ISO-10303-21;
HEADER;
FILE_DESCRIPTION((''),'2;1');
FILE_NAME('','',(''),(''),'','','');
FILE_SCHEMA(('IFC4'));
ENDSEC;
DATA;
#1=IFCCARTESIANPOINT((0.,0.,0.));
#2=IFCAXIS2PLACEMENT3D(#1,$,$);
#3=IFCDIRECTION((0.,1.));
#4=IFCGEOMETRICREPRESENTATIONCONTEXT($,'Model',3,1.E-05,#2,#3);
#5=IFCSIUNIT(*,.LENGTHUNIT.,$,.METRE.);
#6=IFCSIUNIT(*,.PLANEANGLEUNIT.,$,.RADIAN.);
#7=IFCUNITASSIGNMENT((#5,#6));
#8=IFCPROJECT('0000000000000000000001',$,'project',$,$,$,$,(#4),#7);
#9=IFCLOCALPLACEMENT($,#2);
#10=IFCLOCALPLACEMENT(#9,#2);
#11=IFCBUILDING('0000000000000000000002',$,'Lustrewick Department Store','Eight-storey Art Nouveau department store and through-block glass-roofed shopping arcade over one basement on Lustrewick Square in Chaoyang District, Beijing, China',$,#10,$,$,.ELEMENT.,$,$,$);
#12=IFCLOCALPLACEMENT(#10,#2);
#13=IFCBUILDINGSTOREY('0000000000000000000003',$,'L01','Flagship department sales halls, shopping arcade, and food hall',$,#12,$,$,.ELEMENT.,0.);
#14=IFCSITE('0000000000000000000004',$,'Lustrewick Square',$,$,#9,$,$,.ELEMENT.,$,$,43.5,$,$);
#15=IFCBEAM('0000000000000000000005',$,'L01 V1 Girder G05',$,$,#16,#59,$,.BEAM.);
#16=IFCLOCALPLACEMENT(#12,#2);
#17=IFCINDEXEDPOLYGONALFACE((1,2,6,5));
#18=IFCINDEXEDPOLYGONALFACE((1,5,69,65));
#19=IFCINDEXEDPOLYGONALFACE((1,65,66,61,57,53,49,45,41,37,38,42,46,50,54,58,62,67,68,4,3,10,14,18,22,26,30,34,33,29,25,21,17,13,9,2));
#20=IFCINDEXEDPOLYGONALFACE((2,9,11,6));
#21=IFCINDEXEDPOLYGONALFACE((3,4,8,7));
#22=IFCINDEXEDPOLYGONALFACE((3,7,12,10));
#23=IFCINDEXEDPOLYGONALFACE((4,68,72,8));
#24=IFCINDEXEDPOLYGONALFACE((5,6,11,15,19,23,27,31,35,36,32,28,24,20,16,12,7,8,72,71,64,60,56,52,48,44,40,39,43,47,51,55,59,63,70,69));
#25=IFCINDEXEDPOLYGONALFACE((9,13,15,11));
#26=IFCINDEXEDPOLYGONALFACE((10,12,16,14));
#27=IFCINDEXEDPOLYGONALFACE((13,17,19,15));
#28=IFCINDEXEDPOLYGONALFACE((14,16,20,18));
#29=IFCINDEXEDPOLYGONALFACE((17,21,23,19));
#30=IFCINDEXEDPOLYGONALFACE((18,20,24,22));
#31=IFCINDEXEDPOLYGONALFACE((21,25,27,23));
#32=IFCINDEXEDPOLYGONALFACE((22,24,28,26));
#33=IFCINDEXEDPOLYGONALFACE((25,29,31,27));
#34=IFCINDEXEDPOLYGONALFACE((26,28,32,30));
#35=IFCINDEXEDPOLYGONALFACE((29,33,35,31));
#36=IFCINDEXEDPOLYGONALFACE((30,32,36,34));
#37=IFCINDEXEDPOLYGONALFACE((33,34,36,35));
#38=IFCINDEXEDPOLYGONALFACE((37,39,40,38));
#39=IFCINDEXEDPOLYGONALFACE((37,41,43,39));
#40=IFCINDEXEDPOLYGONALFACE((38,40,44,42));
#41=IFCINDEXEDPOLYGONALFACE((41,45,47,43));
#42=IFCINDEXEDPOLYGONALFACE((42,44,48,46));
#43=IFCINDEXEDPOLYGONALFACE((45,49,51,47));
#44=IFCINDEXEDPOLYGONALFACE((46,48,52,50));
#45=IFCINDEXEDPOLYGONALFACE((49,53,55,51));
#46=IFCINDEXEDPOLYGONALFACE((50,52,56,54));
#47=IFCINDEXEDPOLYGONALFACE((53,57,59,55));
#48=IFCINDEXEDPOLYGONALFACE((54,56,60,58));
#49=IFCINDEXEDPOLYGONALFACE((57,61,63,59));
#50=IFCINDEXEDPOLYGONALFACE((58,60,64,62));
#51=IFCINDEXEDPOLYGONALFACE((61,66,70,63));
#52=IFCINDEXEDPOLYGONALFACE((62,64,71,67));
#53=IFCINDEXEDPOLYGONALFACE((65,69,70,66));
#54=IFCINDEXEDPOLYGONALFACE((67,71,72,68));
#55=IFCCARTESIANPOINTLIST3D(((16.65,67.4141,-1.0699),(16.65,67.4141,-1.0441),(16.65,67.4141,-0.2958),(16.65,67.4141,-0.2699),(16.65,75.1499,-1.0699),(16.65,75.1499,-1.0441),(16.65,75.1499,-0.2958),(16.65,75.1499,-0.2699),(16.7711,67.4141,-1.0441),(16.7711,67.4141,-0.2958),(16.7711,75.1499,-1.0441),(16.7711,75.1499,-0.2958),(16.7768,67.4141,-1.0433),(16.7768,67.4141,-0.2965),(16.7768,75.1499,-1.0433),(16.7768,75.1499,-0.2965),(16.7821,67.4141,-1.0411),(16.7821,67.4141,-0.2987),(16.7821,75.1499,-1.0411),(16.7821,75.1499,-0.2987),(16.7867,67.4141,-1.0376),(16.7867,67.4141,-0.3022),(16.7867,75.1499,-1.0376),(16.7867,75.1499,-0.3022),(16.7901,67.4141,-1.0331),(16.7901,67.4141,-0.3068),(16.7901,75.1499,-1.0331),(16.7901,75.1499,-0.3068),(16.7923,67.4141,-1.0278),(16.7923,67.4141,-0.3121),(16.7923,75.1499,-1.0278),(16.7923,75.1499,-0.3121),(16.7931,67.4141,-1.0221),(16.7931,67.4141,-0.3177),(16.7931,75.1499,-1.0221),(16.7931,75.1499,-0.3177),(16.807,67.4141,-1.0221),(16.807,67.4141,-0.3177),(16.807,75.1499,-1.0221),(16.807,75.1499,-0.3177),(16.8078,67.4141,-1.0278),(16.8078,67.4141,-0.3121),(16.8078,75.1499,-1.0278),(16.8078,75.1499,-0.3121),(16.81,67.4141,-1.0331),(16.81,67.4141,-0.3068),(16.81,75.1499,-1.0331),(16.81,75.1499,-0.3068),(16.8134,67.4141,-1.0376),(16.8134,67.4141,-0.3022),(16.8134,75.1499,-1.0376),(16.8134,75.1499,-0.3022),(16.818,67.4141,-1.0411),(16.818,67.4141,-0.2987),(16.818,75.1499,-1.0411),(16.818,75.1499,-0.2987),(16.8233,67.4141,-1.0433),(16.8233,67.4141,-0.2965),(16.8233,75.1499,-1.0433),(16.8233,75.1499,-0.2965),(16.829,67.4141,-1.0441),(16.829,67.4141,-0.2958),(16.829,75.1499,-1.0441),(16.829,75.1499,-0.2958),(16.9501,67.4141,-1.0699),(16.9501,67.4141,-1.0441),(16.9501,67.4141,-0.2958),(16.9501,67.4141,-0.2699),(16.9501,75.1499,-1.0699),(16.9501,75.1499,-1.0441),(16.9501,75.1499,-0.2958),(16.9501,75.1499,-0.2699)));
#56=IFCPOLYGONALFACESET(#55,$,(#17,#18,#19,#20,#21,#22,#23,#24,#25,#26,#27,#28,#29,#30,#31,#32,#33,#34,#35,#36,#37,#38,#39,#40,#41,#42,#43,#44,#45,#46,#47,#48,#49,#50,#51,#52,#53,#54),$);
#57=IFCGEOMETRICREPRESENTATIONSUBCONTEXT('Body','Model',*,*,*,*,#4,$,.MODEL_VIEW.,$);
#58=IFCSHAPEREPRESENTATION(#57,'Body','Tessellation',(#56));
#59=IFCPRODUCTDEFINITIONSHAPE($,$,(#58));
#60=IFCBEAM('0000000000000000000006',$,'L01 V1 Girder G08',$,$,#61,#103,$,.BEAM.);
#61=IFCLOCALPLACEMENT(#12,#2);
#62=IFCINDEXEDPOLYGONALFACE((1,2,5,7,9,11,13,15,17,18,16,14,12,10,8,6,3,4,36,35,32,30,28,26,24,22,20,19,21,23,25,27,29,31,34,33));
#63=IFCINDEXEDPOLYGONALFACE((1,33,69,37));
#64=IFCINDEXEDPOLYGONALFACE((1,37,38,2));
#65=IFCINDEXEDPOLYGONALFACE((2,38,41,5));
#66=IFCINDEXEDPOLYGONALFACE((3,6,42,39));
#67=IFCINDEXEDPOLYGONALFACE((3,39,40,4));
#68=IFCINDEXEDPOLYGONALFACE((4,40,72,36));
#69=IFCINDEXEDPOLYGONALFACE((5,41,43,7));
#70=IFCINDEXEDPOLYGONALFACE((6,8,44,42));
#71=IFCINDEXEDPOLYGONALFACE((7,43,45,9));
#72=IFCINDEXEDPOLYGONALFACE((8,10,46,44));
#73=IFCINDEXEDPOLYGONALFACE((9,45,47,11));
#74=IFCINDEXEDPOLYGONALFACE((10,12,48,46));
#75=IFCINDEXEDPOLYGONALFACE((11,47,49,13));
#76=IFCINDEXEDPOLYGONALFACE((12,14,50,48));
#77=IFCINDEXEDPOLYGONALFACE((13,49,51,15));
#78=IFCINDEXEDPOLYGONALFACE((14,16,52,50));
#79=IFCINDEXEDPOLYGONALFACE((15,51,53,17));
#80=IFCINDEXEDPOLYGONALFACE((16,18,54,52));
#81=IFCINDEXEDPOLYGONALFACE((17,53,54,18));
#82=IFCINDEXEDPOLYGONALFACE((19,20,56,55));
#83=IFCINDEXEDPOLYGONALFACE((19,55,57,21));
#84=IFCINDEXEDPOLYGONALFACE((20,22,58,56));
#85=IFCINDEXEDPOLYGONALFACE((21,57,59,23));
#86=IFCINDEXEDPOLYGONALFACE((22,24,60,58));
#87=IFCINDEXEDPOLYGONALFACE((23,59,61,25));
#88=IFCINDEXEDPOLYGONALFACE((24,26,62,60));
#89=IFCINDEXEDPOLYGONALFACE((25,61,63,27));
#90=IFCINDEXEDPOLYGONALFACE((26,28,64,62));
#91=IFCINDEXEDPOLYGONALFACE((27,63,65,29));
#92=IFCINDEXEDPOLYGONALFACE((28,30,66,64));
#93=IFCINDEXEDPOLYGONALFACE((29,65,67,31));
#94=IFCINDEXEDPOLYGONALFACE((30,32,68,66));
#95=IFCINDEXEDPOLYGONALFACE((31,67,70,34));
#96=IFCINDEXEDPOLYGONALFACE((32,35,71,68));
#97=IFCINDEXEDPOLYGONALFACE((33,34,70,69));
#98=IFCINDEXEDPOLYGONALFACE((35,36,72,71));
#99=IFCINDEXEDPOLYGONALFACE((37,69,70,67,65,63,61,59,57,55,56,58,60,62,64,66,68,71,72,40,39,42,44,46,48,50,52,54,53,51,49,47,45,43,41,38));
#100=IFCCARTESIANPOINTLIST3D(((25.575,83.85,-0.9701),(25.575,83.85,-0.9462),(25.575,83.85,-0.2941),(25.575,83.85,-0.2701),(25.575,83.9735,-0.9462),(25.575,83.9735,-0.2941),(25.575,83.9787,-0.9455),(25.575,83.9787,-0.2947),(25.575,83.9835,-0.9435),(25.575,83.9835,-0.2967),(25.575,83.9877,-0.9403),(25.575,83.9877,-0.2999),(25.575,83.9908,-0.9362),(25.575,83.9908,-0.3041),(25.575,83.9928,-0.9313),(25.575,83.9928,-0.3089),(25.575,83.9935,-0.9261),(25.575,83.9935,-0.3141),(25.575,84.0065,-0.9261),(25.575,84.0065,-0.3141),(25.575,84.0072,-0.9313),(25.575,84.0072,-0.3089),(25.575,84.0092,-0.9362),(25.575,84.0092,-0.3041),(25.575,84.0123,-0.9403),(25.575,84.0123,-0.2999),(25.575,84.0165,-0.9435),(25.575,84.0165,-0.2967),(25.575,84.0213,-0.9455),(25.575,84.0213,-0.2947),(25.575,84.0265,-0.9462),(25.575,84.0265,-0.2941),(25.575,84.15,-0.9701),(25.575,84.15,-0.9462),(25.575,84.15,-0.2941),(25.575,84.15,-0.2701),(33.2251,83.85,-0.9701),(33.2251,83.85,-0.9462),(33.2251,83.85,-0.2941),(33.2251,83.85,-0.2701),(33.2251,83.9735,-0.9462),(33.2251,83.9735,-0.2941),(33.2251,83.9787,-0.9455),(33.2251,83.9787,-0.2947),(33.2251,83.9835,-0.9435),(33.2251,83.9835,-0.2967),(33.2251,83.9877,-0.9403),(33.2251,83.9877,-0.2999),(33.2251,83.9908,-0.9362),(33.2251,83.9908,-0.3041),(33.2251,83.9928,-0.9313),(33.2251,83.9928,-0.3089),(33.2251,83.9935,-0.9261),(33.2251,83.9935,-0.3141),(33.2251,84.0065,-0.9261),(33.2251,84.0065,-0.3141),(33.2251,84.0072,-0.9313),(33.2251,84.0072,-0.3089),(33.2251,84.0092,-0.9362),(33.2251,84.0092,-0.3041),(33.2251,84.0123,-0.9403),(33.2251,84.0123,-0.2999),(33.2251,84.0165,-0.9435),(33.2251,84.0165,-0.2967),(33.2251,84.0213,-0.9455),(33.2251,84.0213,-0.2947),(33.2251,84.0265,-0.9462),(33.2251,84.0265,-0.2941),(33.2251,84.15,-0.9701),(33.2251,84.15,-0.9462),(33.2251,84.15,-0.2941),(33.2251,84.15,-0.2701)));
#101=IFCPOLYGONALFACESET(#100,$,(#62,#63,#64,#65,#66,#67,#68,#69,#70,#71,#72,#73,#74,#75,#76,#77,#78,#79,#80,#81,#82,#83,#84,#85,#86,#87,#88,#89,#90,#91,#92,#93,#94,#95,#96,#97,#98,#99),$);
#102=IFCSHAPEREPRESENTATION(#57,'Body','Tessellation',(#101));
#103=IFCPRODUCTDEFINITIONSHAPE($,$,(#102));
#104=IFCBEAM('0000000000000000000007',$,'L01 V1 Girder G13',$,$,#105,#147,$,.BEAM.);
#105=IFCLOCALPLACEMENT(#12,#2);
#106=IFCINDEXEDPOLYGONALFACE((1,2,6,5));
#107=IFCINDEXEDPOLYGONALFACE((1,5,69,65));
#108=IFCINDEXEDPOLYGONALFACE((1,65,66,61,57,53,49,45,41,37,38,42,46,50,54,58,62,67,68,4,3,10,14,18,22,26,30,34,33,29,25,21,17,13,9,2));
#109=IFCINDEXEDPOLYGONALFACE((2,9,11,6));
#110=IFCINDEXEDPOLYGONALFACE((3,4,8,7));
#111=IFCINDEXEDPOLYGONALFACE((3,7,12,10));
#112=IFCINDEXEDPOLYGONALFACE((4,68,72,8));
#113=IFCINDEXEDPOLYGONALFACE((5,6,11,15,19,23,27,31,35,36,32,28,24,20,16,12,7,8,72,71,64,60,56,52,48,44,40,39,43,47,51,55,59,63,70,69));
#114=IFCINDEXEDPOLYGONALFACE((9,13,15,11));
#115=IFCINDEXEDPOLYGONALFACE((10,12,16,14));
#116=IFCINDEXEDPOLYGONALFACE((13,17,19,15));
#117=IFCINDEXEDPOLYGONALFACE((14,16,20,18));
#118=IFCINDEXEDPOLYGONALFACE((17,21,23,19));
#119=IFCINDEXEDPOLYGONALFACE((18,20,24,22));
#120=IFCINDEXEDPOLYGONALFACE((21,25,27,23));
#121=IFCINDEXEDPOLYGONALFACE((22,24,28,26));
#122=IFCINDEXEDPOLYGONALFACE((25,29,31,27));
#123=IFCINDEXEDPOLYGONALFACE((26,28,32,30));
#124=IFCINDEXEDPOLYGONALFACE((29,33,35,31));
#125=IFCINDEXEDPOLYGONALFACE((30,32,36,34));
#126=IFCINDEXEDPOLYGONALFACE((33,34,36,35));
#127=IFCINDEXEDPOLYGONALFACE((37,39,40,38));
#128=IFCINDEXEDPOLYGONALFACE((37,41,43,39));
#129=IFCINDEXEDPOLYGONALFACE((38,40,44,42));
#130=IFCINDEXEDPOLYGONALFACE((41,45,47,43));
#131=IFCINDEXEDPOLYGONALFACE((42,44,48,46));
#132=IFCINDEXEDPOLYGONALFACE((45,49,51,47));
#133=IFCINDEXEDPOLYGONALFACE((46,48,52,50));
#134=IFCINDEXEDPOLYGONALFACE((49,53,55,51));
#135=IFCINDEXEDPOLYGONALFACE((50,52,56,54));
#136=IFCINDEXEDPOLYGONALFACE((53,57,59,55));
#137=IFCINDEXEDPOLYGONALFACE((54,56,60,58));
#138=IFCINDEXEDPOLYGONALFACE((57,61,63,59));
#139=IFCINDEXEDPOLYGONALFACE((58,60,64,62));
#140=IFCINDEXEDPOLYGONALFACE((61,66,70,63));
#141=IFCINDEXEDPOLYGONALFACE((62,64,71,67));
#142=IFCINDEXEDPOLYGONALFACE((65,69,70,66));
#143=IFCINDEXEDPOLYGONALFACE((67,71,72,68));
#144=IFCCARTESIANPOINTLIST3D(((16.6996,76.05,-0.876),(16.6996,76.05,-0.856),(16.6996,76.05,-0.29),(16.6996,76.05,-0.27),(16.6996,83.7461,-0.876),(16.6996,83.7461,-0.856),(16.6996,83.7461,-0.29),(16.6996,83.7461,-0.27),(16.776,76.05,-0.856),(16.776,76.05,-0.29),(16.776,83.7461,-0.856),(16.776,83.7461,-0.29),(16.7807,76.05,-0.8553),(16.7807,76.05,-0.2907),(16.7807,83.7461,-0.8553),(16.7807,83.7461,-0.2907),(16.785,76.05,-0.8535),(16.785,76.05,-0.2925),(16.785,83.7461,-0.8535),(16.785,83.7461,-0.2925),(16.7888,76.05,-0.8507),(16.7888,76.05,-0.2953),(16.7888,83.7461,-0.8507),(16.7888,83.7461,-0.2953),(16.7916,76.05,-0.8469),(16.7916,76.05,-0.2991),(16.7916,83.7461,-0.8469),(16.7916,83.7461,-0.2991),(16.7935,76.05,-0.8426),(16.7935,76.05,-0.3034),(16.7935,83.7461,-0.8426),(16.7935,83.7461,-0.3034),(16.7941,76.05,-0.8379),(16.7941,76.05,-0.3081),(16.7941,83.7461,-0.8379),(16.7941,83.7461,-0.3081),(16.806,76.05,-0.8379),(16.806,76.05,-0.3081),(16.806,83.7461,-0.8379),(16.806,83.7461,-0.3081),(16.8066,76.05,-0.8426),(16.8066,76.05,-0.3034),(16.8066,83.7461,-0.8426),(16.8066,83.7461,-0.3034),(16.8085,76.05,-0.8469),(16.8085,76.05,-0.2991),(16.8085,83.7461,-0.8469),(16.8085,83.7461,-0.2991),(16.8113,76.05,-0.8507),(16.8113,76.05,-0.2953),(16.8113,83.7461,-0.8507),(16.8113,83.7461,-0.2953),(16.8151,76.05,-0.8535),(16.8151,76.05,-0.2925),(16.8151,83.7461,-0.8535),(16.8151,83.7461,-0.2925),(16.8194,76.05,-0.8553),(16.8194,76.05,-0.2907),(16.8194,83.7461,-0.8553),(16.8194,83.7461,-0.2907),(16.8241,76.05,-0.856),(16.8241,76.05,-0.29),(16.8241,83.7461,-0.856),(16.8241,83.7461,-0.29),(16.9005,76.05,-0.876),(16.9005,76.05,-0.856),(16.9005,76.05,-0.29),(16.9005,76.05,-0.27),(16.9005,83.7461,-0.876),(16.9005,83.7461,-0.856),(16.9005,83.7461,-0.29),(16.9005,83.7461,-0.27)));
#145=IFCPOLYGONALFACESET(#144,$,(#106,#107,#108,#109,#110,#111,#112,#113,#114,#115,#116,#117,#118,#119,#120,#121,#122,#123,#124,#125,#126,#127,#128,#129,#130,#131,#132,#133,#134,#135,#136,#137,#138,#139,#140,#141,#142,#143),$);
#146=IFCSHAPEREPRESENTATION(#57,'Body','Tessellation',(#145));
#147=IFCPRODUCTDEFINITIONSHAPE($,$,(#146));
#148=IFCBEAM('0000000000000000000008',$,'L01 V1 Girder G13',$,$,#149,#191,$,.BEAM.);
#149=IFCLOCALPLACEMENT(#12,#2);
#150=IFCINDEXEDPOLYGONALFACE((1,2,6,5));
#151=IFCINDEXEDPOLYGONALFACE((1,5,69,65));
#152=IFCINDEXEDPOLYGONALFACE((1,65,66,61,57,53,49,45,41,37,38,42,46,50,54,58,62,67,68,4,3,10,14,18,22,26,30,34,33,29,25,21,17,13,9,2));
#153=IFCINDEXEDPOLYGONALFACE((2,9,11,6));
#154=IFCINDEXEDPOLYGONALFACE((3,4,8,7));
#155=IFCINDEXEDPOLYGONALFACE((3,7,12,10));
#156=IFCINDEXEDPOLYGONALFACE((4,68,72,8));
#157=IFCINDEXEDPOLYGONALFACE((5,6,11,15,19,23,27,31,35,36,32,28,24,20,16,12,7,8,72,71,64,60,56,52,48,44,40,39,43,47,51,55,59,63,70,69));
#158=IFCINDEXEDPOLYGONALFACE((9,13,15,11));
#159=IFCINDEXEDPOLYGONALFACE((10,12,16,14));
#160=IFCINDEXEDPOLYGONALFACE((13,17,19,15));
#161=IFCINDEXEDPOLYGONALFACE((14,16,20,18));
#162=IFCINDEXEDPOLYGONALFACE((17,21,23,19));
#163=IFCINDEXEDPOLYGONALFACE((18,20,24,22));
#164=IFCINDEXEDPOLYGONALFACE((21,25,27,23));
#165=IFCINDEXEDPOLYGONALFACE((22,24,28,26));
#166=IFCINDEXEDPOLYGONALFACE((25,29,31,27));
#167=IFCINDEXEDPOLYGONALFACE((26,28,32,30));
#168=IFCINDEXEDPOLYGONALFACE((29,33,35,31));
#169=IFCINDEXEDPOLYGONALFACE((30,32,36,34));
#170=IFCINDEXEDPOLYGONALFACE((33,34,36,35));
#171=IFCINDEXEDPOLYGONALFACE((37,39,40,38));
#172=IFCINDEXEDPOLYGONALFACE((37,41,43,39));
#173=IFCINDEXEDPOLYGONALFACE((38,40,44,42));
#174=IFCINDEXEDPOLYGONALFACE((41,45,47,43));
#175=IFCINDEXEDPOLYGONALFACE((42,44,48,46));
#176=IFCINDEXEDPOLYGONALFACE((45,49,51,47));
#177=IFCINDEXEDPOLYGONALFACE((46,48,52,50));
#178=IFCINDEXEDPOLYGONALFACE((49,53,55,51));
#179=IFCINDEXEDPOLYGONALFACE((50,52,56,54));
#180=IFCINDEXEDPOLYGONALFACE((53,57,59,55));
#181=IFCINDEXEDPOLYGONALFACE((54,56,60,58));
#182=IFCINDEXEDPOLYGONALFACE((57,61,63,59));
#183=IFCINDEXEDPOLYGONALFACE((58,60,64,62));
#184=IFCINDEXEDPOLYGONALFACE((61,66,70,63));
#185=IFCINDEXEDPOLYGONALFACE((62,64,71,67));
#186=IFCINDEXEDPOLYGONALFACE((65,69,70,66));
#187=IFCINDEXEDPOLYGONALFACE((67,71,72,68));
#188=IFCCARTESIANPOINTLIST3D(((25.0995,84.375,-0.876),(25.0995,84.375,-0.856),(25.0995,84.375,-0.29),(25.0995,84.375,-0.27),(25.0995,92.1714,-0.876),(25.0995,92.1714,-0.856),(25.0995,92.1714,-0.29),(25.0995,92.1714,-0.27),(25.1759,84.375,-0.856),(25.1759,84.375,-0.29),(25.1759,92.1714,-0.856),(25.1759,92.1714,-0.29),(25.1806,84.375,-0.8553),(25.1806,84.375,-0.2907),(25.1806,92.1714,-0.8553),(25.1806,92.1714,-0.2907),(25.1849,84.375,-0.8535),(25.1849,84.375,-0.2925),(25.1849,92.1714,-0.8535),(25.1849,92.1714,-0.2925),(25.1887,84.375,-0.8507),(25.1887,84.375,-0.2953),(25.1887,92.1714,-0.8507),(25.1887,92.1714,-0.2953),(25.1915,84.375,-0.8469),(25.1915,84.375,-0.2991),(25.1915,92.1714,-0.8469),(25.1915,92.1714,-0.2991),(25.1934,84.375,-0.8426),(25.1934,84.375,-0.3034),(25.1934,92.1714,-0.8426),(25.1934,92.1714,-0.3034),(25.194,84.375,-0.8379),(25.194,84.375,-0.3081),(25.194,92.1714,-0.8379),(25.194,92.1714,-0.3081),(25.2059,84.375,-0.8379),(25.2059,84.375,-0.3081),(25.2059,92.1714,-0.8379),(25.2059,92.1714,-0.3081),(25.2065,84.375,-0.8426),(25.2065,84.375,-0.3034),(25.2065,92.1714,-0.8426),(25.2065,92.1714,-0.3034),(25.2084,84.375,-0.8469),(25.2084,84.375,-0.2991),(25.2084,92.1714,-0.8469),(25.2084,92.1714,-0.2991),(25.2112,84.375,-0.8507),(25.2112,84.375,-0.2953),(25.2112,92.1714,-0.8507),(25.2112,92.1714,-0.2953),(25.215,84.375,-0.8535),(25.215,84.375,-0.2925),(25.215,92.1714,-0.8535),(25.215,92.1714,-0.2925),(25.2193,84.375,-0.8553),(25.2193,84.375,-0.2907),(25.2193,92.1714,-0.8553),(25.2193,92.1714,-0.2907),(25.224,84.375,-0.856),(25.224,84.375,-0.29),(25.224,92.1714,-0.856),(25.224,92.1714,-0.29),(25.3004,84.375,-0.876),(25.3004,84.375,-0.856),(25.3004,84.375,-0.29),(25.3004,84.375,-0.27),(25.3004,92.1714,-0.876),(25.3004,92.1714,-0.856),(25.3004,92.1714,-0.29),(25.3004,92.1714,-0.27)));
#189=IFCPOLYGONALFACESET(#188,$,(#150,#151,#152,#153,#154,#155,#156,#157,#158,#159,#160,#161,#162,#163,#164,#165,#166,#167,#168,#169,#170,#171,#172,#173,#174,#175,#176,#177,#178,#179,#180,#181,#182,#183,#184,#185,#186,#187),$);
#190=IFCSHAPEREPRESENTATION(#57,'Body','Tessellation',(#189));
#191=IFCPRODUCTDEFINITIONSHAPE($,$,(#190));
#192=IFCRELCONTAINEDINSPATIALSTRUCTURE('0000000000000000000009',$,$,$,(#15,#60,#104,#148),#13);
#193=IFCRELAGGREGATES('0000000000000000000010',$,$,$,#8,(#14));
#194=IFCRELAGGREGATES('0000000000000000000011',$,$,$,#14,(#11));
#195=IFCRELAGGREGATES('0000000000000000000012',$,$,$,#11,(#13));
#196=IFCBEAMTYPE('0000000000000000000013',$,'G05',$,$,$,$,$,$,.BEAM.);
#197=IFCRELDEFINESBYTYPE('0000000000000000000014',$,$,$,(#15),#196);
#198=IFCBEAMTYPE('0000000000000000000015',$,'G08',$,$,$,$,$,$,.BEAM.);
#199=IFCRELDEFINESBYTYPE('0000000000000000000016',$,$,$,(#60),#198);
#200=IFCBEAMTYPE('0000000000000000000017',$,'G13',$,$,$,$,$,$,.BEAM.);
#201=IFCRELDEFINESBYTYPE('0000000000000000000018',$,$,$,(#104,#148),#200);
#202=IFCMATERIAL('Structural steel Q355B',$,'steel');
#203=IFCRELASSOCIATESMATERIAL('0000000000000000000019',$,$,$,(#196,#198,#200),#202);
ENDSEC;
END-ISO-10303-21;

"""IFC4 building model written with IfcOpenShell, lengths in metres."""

from ifc_helpers import new_model, si_unit, direction, frame, origin, origin_2d, place, context, subcontext, project, spatial, i_section, extrude, material, material_profile, profile_set, type_object, element, save


model = new_model("IFC4")

# Units and contexts
model_context = context("Model", 3, precision=1e-05, world=origin(), true_north=direction((0.0, 1.0)))
body_context = subcontext(model_context, "Body", "Model", "MODEL_VIEW")
ifc_project = project(units=[si_unit("LENGTHUNIT", "METRE"), si_unit("PLANEANGLEUNIT", "RADIAN")], contexts=[model_context])

# Site, building, storey
site_placement = place(None, origin())
site = spatial("IfcSite", under=ifc_project, at=site_placement, Name="Lustrewick Square", CompositionType="ELEMENT", RefElevation=43.5)
building_placement = place(site_placement, origin())
building = spatial("IfcBuilding", under=site, at=building_placement, Name="Lustrewick Department Store", Description="Eight-storey Art Nouveau department store and through-block glass-roofed shopping arcade over one basement on Lustrewick Square in Chaoyang District, Beijing, China", CompositionType="ELEMENT")
storey_placement = place(building_placement, origin())
storey = spatial("IfcBuildingStorey", under=building, at=storey_placement, Name="L01", Description="Flagship department sales halls, shopping arcade, and food hall", CompositionType="ELEMENT", Elevation=0.0)

# Shared definitions
ifc_material_1 = material(Name="Structural steel Q355B", Category="steel")

# Beams
ifc_material_profile_1 = material_profile(ifc_material_1, i_section(OverallWidth=0.3, OverallDepth=0.8, WebThickness=0.0139, FlangeThickness=0.0259, FilletRadius=0.022, at=origin_2d()), Name="HN 800x300x14x26")
ifc_profile_set_1 = profile_set([ifc_material_profile_1], Name="Structural steel Q355B")
beam_type_1 = type_object("IfcBeamType", Name="G05", PredefinedType="BEAM", material=ifc_profile_set_1)
beam_1_placement = place(storey_placement, frame((16.8, 67.4141, -0.6699), z_axis=(0.0, 1.0, 0.0), x_axis=(-1.0, 0.0, 0.0)))
element("IfcBeam", 1, at=beam_1_placement, inside=storey, type_object=beam_type_1, Name="L01 V1 Girder G05", PredefinedType="BEAM", context=body_context, shape_type="SweptSolid", body=[
    extrude(i_section(OverallWidth=0.3, OverallDepth=0.8, WebThickness=0.0139, FlangeThickness=0.0259, FilletRadius=0.022, at=origin_2d()), origin(), (0.0, 0.0, 1.0), 7.7358),
])
ifc_material_profile_2 = material_profile(ifc_material_1, i_section(OverallWidth=0.3, OverallDepth=0.7, WebThickness=0.0129, FlangeThickness=0.0239, FilletRadius=0.02, at=origin_2d()), Name="HN 700x300x13x24")
ifc_profile_set_2 = profile_set([ifc_material_profile_2], Name="Structural steel Q355B")
beam_type_2 = type_object("IfcBeamType", Name="G08", PredefinedType="BEAM", material=ifc_profile_set_2)
beam_2_placement = place(storey_placement, frame((25.575, 84.0, -0.6201), z_axis=(1.0, 0.0, 0.0), x_axis=(0.0, 1.0, 0.0)))
element("IfcBeam", 2, at=beam_2_placement, inside=storey, type_object=beam_type_2, Name="L01 V1 Girder G08", PredefinedType="BEAM", context=body_context, shape_type="SweptSolid", body=[
    extrude(i_section(OverallWidth=0.3, OverallDepth=0.7, WebThickness=0.0129, FlangeThickness=0.0239, FilletRadius=0.02, at=origin_2d()), origin(), (0.0, 0.0, 1.0), 7.6501),
])
ifc_material_profile_3 = material_profile(ifc_material_1, i_section(OverallWidth=0.2009, OverallDepth=0.606, WebThickness=0.012, FlangeThickness=0.02, FilletRadius=0.0181, at=origin_2d()), Name="HN 606x201x12x20")
ifc_profile_set_3 = profile_set([ifc_material_profile_3], Name="Structural steel Q355B")
beam_type_3 = type_object("IfcBeamType", Name="G13", PredefinedType="BEAM", material=ifc_profile_set_3)
beam_3_placement = place(storey_placement, frame((16.8, 76.05, -0.573), z_axis=(0.0, 1.0, 0.0), x_axis=(-1.0, 0.0, 0.0)))
element("IfcBeam", 3, at=beam_3_placement, inside=storey, type_object=beam_type_3, Name="L01 V1 Girder G13", PredefinedType="BEAM", context=body_context, shape_type="SweptSolid", body=[
    extrude(i_section(OverallWidth=0.2009, OverallDepth=0.606, WebThickness=0.012, FlangeThickness=0.02, FilletRadius=0.0181, at=origin_2d()), origin(), (0.0, 0.0, 1.0), 7.696),
])
beam_4_placement = place(storey_placement, frame((25.2, 84.375, -0.573), z_axis=(0.0, 1.0, 0.0), x_axis=(-1.0, 0.0, 0.0)))
element("IfcBeam", 4, at=beam_4_placement, inside=storey, type_object=beam_type_3, Name="L01 V1 Girder G13", PredefinedType="BEAM", context=body_context, shape_type="SweptSolid", body=[
    extrude(i_section(OverallWidth=0.2009, OverallDepth=0.606, WebThickness=0.012, FlangeThickness=0.02, FilletRadius=0.0181, at=origin_2d()), origin(), (0.0, 0.0, 1.0), 7.7964),
])

save(model, "model.ifc")
